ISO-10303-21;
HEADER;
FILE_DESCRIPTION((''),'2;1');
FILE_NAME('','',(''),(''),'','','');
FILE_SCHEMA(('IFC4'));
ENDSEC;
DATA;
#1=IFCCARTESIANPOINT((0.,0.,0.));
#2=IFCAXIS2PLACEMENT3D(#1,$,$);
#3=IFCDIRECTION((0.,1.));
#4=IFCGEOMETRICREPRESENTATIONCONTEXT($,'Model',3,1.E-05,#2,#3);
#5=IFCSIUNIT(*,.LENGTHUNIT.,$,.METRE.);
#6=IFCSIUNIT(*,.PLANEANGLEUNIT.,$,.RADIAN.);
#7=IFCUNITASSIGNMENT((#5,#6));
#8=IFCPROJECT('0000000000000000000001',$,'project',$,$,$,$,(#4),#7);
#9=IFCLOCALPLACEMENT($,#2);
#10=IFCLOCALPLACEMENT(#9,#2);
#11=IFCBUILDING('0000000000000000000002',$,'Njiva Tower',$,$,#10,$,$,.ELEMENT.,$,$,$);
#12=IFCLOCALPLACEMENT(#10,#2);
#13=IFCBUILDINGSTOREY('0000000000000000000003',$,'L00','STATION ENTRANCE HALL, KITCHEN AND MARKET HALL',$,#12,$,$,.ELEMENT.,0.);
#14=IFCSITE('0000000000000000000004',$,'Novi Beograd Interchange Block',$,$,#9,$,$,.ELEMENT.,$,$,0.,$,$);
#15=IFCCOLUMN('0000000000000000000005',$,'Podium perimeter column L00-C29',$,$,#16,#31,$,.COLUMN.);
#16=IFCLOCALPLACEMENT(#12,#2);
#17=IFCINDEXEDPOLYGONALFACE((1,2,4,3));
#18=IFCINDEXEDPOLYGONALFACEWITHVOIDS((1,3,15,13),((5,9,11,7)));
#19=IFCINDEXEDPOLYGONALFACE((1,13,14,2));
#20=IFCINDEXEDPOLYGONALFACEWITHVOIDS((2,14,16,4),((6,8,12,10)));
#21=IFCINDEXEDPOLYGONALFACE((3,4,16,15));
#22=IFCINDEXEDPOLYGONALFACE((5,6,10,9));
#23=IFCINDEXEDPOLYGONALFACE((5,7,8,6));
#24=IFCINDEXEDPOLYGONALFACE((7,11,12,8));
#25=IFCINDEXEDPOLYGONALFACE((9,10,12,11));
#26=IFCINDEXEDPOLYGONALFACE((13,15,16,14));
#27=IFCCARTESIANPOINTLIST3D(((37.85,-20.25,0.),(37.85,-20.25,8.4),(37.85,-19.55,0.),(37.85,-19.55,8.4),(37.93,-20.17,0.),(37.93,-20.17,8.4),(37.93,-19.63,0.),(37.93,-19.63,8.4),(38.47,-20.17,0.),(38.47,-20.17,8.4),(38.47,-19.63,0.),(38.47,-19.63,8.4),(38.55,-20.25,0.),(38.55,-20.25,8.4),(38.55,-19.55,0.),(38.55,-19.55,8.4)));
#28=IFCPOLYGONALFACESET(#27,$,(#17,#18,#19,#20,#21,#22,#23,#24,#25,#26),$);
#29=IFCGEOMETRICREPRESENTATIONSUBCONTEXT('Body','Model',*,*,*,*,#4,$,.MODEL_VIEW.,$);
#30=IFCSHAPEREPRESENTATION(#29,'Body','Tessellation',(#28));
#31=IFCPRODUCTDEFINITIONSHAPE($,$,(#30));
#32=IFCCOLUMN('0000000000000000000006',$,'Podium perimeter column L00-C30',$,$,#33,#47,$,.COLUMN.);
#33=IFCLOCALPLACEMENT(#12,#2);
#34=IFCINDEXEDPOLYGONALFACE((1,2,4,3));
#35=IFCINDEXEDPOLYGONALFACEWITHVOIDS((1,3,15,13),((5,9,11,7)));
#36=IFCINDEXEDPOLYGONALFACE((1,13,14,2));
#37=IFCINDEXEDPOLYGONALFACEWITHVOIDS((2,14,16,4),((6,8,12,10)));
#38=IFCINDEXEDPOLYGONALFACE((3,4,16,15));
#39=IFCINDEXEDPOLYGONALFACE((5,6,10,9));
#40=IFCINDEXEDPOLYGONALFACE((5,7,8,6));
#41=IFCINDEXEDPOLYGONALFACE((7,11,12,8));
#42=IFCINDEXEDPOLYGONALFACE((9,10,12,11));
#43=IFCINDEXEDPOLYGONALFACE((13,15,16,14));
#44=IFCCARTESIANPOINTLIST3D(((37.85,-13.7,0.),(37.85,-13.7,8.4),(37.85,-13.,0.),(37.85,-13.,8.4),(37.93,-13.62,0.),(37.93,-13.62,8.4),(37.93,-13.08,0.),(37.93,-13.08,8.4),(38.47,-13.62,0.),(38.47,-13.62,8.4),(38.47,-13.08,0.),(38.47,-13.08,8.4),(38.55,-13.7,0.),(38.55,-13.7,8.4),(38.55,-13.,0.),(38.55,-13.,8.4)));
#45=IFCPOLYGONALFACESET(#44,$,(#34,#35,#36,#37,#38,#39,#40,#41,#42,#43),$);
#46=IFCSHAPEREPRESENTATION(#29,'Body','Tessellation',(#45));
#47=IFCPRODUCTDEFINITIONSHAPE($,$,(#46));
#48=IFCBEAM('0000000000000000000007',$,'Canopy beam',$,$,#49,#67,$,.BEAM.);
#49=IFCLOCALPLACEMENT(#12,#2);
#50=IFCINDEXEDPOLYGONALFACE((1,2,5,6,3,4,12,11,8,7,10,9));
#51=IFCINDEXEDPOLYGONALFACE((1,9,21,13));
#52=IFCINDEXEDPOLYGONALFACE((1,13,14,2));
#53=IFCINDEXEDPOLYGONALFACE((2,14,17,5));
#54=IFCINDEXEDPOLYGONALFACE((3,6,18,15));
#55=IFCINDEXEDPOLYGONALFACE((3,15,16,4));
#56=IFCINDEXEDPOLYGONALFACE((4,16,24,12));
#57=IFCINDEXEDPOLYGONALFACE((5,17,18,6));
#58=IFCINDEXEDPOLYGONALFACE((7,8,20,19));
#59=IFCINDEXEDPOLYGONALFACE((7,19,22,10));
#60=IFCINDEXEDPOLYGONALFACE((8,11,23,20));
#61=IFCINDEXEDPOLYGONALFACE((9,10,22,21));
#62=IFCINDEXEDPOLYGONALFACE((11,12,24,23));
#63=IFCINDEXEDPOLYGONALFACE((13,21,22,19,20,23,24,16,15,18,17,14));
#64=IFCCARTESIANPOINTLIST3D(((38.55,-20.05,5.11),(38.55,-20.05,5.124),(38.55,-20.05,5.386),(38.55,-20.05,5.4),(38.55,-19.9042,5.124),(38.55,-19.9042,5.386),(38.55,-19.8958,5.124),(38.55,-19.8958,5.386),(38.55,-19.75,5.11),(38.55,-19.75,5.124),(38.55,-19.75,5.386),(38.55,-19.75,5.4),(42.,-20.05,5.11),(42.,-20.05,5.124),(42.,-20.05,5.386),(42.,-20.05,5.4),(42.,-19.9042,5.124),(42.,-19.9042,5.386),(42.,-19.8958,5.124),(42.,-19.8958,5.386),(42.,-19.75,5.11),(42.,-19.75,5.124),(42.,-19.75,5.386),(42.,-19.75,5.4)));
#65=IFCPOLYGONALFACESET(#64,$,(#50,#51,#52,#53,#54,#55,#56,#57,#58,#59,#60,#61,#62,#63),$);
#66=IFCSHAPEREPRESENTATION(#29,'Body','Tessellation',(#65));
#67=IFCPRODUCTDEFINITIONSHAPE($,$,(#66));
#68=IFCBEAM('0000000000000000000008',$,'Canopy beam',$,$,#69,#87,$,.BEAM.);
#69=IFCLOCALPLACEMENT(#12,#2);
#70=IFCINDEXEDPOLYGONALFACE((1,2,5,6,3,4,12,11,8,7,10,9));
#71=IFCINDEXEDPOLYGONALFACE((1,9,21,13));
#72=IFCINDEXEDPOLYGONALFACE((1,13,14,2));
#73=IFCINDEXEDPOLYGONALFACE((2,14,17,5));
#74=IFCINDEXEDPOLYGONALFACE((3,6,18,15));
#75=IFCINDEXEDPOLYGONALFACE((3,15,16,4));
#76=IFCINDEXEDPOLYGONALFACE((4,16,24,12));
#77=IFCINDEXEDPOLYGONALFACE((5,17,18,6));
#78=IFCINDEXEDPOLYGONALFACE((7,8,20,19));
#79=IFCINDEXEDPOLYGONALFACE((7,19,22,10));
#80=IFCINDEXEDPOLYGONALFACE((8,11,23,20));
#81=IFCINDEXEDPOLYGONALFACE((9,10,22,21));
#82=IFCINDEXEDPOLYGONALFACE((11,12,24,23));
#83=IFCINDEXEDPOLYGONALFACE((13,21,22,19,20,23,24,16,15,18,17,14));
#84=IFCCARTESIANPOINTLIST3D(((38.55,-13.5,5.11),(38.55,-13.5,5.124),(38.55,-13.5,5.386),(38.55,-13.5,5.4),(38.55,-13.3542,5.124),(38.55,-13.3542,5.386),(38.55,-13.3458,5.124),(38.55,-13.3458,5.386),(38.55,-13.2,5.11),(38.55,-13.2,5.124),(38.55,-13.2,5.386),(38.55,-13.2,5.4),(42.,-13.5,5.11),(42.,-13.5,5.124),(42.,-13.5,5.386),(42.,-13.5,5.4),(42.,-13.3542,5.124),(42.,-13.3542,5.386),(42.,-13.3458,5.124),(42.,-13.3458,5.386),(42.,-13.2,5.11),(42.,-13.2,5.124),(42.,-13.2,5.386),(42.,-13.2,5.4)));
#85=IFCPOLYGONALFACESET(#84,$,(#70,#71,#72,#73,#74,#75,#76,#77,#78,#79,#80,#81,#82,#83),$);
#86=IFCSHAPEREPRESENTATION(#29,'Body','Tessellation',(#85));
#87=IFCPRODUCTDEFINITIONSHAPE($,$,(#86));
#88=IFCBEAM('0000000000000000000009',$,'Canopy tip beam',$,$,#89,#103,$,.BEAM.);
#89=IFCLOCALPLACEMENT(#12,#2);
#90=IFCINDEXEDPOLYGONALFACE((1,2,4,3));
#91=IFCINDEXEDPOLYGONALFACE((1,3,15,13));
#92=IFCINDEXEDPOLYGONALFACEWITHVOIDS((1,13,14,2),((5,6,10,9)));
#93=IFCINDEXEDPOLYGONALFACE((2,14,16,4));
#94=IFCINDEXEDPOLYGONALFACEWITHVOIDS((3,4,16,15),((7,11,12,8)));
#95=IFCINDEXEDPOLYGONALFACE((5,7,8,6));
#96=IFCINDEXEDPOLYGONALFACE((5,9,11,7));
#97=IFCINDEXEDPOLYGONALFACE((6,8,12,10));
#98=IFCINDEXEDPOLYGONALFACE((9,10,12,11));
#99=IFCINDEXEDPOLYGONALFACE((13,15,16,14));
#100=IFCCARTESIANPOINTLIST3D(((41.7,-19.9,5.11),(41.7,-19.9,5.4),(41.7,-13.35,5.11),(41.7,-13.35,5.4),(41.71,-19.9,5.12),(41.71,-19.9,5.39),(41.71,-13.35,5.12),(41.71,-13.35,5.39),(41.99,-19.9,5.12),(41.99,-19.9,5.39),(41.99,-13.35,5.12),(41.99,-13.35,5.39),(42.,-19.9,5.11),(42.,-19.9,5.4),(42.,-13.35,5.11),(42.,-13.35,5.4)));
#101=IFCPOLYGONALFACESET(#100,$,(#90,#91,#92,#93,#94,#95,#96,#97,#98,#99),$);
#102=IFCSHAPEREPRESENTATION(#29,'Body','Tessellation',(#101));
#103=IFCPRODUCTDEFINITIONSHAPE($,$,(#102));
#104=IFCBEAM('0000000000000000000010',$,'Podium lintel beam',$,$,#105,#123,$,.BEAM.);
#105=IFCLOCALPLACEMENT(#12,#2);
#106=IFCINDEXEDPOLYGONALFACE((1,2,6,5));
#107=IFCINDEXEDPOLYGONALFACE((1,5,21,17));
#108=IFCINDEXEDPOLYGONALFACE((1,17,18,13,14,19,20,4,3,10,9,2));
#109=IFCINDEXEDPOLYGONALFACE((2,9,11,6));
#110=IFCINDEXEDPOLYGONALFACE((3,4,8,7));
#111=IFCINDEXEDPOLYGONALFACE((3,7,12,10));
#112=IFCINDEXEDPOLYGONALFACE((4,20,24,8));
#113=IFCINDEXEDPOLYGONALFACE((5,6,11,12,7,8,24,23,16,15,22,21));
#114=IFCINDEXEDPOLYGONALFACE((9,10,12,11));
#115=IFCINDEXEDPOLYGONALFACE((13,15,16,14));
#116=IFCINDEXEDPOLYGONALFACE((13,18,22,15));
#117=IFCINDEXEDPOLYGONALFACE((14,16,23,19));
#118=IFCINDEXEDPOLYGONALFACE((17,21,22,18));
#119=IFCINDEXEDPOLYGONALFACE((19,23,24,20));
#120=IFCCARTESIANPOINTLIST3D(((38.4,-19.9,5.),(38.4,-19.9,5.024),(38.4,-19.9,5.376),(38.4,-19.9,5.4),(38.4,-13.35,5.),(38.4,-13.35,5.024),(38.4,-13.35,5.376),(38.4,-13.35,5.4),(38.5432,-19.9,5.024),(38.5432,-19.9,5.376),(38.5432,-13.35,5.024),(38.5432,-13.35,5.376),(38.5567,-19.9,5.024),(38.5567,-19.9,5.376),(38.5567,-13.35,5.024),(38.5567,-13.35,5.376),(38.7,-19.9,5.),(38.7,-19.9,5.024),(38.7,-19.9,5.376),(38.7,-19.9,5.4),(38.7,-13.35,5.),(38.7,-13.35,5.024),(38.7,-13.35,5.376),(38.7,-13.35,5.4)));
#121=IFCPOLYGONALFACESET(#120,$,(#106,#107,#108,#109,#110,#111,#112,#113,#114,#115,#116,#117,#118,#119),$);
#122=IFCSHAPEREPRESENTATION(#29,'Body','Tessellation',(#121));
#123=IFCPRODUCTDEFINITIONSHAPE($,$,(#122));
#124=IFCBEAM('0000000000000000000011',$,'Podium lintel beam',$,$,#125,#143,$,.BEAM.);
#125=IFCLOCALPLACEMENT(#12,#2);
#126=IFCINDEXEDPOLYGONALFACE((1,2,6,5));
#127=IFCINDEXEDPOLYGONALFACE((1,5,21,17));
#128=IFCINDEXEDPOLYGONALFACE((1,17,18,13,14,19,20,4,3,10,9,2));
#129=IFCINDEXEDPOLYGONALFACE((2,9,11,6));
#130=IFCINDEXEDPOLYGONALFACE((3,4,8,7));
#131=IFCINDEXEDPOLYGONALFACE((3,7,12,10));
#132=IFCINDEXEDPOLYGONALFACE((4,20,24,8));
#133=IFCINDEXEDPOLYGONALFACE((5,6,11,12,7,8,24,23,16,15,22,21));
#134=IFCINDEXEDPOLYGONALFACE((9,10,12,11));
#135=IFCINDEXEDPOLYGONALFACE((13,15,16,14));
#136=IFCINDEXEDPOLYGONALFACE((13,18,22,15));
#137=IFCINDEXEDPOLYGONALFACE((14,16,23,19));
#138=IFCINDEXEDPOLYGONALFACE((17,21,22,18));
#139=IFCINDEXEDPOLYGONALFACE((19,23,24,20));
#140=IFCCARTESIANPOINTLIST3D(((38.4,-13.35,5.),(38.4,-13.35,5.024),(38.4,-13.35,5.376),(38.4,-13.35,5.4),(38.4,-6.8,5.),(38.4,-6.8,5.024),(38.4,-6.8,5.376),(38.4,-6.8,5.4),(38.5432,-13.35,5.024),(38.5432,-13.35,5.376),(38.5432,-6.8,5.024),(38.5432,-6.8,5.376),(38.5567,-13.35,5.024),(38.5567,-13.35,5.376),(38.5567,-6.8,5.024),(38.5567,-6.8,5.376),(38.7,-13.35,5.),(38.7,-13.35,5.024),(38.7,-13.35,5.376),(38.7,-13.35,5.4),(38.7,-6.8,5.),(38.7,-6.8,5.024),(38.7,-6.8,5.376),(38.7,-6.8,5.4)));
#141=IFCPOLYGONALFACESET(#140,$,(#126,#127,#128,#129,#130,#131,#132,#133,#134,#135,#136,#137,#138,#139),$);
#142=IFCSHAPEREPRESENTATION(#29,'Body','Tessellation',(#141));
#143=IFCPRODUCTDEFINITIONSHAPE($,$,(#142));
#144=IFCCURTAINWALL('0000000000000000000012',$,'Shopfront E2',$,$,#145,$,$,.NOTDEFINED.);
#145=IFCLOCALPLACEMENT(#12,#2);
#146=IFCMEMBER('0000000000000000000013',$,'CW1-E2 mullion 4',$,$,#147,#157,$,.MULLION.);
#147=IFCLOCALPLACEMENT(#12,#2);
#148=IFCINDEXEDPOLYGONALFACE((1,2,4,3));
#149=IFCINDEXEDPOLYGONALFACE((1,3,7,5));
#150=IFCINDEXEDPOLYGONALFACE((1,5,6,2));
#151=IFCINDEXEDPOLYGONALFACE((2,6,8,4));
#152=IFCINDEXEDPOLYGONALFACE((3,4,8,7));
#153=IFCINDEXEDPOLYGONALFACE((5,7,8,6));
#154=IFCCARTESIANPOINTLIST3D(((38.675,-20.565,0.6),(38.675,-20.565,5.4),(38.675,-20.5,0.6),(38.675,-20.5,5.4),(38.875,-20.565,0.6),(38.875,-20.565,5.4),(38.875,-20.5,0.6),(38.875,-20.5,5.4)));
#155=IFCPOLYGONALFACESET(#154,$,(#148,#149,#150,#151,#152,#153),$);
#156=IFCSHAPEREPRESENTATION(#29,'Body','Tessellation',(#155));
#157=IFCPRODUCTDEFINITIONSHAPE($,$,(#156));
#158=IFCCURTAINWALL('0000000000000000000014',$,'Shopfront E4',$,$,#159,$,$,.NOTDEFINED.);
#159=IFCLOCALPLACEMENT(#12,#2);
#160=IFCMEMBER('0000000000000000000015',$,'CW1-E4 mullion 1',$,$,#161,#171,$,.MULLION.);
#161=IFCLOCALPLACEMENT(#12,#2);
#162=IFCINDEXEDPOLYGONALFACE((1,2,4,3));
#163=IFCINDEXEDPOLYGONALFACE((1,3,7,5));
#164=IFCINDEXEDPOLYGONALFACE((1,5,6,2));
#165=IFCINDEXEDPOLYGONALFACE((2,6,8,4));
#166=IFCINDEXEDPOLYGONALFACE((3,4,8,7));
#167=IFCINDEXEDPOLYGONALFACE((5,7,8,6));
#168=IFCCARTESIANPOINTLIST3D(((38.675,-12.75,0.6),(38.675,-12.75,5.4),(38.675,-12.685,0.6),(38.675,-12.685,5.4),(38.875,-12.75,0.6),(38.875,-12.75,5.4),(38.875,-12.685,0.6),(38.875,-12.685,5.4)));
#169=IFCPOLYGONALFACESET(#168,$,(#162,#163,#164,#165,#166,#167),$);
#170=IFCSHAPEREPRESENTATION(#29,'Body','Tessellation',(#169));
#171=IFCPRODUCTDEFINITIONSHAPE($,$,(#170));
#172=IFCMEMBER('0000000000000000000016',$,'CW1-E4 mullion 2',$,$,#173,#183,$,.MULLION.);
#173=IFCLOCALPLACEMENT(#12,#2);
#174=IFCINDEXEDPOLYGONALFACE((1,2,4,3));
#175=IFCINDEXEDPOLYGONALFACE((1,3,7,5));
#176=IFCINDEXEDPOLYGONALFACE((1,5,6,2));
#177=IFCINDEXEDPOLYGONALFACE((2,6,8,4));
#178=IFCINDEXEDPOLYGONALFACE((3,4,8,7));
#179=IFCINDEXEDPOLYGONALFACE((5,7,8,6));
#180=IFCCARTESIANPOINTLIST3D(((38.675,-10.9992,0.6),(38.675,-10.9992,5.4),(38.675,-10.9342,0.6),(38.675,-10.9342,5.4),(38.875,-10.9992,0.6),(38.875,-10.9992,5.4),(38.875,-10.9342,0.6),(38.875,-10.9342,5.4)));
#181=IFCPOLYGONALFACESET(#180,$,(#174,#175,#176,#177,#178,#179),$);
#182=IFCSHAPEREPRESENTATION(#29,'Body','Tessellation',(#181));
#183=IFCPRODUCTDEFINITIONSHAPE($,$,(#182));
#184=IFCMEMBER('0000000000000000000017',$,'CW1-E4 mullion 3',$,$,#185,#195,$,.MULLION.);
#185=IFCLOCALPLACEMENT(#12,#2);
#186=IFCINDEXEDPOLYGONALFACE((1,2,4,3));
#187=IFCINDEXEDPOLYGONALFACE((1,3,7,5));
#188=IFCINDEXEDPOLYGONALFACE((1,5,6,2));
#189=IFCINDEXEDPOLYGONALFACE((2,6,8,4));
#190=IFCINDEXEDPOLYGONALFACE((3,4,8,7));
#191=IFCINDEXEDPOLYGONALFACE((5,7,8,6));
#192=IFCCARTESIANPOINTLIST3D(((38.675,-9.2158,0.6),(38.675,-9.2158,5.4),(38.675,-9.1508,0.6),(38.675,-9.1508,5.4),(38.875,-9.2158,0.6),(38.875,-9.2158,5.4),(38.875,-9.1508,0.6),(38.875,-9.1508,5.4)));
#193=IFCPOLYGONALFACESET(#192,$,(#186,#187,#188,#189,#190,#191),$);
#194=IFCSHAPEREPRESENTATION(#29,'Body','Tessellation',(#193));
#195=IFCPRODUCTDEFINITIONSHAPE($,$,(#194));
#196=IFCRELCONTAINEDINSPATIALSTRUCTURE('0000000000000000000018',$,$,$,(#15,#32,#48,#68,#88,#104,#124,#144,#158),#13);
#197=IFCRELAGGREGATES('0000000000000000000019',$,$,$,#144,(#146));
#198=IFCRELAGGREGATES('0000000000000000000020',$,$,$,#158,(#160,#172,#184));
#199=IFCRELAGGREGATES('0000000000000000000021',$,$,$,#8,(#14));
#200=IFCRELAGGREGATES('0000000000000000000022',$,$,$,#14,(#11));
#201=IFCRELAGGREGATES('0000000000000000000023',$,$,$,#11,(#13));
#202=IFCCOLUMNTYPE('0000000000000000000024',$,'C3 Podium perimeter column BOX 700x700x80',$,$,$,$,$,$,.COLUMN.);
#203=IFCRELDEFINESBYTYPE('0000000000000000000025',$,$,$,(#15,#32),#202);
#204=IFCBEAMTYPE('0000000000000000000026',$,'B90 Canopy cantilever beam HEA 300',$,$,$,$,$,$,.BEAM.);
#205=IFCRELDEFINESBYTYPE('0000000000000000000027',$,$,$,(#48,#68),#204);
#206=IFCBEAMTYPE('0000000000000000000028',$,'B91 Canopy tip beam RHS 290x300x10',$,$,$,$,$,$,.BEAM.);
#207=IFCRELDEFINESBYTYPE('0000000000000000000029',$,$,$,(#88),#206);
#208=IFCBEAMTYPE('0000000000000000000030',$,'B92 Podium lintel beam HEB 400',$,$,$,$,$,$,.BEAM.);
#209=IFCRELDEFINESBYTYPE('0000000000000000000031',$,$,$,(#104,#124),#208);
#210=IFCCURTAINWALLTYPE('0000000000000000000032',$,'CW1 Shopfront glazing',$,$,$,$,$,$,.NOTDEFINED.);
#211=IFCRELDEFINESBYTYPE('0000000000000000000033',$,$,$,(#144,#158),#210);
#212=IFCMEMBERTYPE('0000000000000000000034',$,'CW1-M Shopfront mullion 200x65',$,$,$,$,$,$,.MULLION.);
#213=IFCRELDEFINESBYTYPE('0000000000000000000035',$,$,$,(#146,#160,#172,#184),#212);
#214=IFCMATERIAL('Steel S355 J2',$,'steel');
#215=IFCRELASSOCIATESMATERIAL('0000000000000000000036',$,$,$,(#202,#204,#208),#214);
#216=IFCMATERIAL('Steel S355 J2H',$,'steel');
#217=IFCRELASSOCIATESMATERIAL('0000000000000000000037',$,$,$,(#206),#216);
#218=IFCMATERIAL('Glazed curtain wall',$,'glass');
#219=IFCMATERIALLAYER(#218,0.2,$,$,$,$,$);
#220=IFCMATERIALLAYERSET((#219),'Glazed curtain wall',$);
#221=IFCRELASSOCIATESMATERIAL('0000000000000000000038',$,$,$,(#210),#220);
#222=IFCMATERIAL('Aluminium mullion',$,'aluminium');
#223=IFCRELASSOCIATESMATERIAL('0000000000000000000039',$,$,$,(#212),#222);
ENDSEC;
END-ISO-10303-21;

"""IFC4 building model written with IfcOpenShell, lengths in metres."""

from ifc_helpers import new_model, si_unit, direction, frame, origin, origin_2d, place, context, subcontext, project, spatial, rectangle, hollow_rectangle, i_section, extrude, material, layer, layer_set, material_profile, profile_set, type_object, element, aggregate, save


model = new_model("IFC4")

# Units and contexts
model_context = context("Model", 3, precision=1e-05, world=origin(), true_north=direction((0.0, 1.0)))
body_context = subcontext(model_context, "Body", "Model", "MODEL_VIEW")
ifc_project = project(units=[si_unit("LENGTHUNIT", "METRE"), si_unit("PLANEANGLEUNIT", "RADIAN")], contexts=[model_context])

# Site, building, storey
site_placement = place(None, origin())
site = spatial("IfcSite", under=ifc_project, at=site_placement, Name="Novi Beograd Interchange Block", CompositionType="ELEMENT", RefElevation=0.0)
building_placement = place(site_placement, origin())
building = spatial("IfcBuilding", under=site, at=building_placement, Name="Njiva Tower", CompositionType="ELEMENT")
storey_placement = place(building_placement, origin())
storey = spatial("IfcBuildingStorey", under=building, at=storey_placement, Name="L00", Description="STATION ENTRANCE HALL, KITCHEN AND MARKET HALL", CompositionType="ELEMENT", Elevation=0.0)

# Columns
ifc_material_1 = material(Name="Steel S355 J2", Category="steel")
ifc_material_profile_1 = material_profile(ifc_material_1, hollow_rectangle(XDim=0.7, YDim=0.7, WallThickness=0.08, at=origin_2d()), Name="BOX 700x700x80")
ifc_profile_set_1 = profile_set([ifc_material_profile_1], Name="Steel S355 J2")
column_type = type_object("IfcColumnType", Name="C3 Podium perimeter column BOX 700x700x80", PredefinedType="COLUMN", material=ifc_profile_set_1)
for number, where, z_axis, x_axis, name in (
    (1, (38.2, -19.9, 0.0), (0.0, 0.0, 1.0), (0.0, 1.0, 0.0), "Podium perimeter column L00-C29"),
    (2, (38.2, -13.35, 0.0), (0.0, 0.0, 1.0), (0.0, 1.0, 0.0), "Podium perimeter column L00-C30"),
):
    element("IfcColumn", number, at=place(storey_placement, frame(where, z_axis=z_axis, x_axis=x_axis)), inside=storey, type_object=column_type, Name=name, PredefinedType="COLUMN", context=body_context, shape_type="SweptSolid", body=[
        extrude(hollow_rectangle(XDim=0.7, YDim=0.7, WallThickness=0.08, at=origin_2d()), origin(), (0.0, 0.0, 1.0), 8.4),
    ])

# Beams
ifc_material_profile_2 = material_profile(ifc_material_1, i_section(OverallWidth=0.3, OverallDepth=0.29, WebThickness=0.0085, FlangeThickness=0.014, at=origin_2d()), Name="HEA300")
ifc_profile_set_2 = profile_set([ifc_material_profile_2], Name="Steel S355 J2")
beam_type_1 = type_object("IfcBeamType", Name="B90 Canopy cantilever beam HEA 300", PredefinedType="BEAM", material=ifc_profile_set_2)
for number, where, z_axis, x_axis, name in (
    (3, (38.55, -19.9, 5.255), (1.0, 0.0, 0.0), (0.0, 1.0, 0.0), "Canopy beam"),
    (4, (38.55, -13.35, 5.255), (1.0, 0.0, 0.0), (0.0, 1.0, 0.0), "Canopy beam"),
):
    element("IfcBeam", number, at=place(storey_placement, frame(where, z_axis=z_axis, x_axis=x_axis)), inside=storey, type_object=beam_type_1, Name=name, PredefinedType="BEAM", context=body_context, shape_type="SweptSolid", body=[
        extrude(i_section(OverallWidth=0.3, OverallDepth=0.29, WebThickness=0.0085, FlangeThickness=0.014, at=origin_2d()), origin(), (0.0, 0.0, 1.0), 3.45),
    ])
ifc_material_2 = material(Name="Steel S355 J2H", Category="steel")
ifc_material_profile_3 = material_profile(ifc_material_2, hollow_rectangle(XDim=0.3, YDim=0.29, WallThickness=0.01, at=origin_2d()), Name="BOX 290x300x10")
ifc_profile_set_3 = profile_set([ifc_material_profile_3], Name="Steel S355 J2H")
beam_type_2 = type_object("IfcBeamType", Name="B91 Canopy tip beam RHS 290x300x10", PredefinedType="BEAM", material=ifc_profile_set_3)
beam_placement = place(storey_placement, frame((41.85, -19.9, 5.255), z_axis=(0.0, 1.0, 0.0), x_axis=(-1.0, 0.0, 0.0)))
element("IfcBeam", 5, at=beam_placement, inside=storey, type_object=beam_type_2, Name="Canopy tip beam", PredefinedType="BEAM", context=body_context, shape_type="SweptSolid", body=[
    extrude(hollow_rectangle(XDim=0.3, YDim=0.29, WallThickness=0.01, at=origin_2d()), origin(), (0.0, 0.0, 1.0), 6.55),
])
ifc_material_profile_4 = material_profile(ifc_material_1, i_section(OverallWidth=0.3, OverallDepth=0.4, WebThickness=0.0135, FlangeThickness=0.024, at=origin_2d()), Name="HEB400")
ifc_profile_set_4 = profile_set([ifc_material_profile_4], Name="Steel S355 J2")
beam_type_3 = type_object("IfcBeamType", Name="B92 Podium lintel beam HEB 400", PredefinedType="BEAM", material=ifc_profile_set_4)
for number, where, z_axis, x_axis, name in (
    (6, (38.55, -19.9, 5.2), (0.0, 1.0, 0.0), (-1.0, 0.0, 0.0), "Podium lintel beam"),
    (7, (38.55, -13.35, 5.2), (0.0, 1.0, 0.0), (-1.0, 0.0, 0.0), "Podium lintel beam"),
):
    element("IfcBeam", number, at=place(storey_placement, frame(where, z_axis=z_axis, x_axis=x_axis)), inside=storey, type_object=beam_type_3, Name=name, PredefinedType="BEAM", context=body_context, shape_type="SweptSolid", body=[
        extrude(i_section(OverallWidth=0.3, OverallDepth=0.4, WebThickness=0.0135, FlangeThickness=0.024, at=origin_2d()), origin(), (0.0, 0.0, 1.0), 6.55),
    ])

# Curtain wall, member
ifc_material_3 = material(Name="Glazed curtain wall", Category="glass")
ifc_layer_1 = layer(ifc_material_3, 0.2)
ifc_layer_set_1 = layer_set([ifc_layer_1], Name="Glazed curtain wall")
curtain_wall_type = type_object("IfcCurtainWallType", Name="CW1 Shopfront glazing", PredefinedType="NOTDEFINED", material=ifc_layer_set_1)
curtain_wall_1_placement = place(storey_placement, origin())
curtain_wall_1 = element("IfcCurtainWall", 8, at=curtain_wall_1_placement, inside=storey, type_object=curtain_wall_type, Name="Shopfront E2", PredefinedType="NOTDEFINED")
ifc_material_4 = material(Name="Aluminium mullion", Category="aluminium")
ifc_material_profile_5 = material_profile(ifc_material_4, rectangle(XDim=0.2, YDim=0.065, at=origin_2d()), Name="RECT 200x65")
ifc_profile_set_5 = profile_set([ifc_material_profile_5], Name="Aluminium mullion")
member_type_1 = type_object("IfcMemberType", Name="CW1-M Shopfront mullion 200x65", PredefinedType="MULLION", material=ifc_profile_set_5)
member_1_placement = place(storey_placement, frame((38.775, -20.5325, 0.6), z_axis=(0.0, 0.0, 1.0), x_axis=(-1.0, 0.0, 0.0)))
member_1 = element("IfcMember", 9, at=member_1_placement, type_object=member_type_1, Name="CW1-E2 mullion 4", PredefinedType="MULLION", context=body_context, shape_type="SweptSolid", body=[
    extrude(rectangle(XDim=0.2, YDim=0.065, at=origin_2d()), origin(), (0.0, 0.0, 1.0), 4.8),
])
aggregate(curtain_wall_1, [member_1])

# Curtain wall, members
curtain_wall_2_placement = place(storey_placement, origin())
curtain_wall_2 = element("IfcCurtainWall", 10, at=curtain_wall_2_placement, inside=storey, type_object=curtain_wall_type, Name="Shopfront E4", PredefinedType="NOTDEFINED")
member_2_placement = place(storey_placement, frame((38.775, -12.7175, 0.6), z_axis=(0.0, 0.0, 1.0), x_axis=(-1.0, 0.0, 0.0)))
member_2 = element("IfcMember", 11, at=member_2_placement, type_object=member_type_1, Name="CW1-E4 mullion 1", PredefinedType="MULLION", context=body_context, shape_type="SweptSolid", body=[
    extrude(rectangle(XDim=0.2, YDim=0.065, at=origin_2d()), origin(), (0.0, 0.0, 1.0), 4.8),
])
member_3_placement = place(storey_placement, frame((38.775, -10.9667, 0.6), z_axis=(0.0, 0.0, 1.0), x_axis=(-1.0, 0.0, 0.0)))
member_3 = element("IfcMember", 12, at=member_3_placement, type_object=member_type_1, Name="CW1-E4 mullion 2", PredefinedType="MULLION", context=body_context, shape_type="SweptSolid", body=[
    extrude(rectangle(XDim=0.2, YDim=0.065, at=origin_2d()), origin(), (0.0, 0.0, 1.0), 4.8),
])
member_4_placement = place(storey_placement, frame((38.775, -9.1833, 0.6), z_axis=(0.0, 0.0, 1.0), x_axis=(-1.0, 0.0, 0.0)))
member_4 = element("IfcMember", 13, at=member_4_placement, type_object=member_type_1, Name="CW1-E4 mullion 3", PredefinedType="MULLION", context=body_context, shape_type="SweptSolid", body=[
    extrude(rectangle(XDim=0.2, YDim=0.065, at=origin_2d()), origin(), (0.0, 0.0, 1.0), 4.8),
])
aggregate(curtain_wall_2, [member_2, member_3, member_4])

save(model, "model.ifc")
